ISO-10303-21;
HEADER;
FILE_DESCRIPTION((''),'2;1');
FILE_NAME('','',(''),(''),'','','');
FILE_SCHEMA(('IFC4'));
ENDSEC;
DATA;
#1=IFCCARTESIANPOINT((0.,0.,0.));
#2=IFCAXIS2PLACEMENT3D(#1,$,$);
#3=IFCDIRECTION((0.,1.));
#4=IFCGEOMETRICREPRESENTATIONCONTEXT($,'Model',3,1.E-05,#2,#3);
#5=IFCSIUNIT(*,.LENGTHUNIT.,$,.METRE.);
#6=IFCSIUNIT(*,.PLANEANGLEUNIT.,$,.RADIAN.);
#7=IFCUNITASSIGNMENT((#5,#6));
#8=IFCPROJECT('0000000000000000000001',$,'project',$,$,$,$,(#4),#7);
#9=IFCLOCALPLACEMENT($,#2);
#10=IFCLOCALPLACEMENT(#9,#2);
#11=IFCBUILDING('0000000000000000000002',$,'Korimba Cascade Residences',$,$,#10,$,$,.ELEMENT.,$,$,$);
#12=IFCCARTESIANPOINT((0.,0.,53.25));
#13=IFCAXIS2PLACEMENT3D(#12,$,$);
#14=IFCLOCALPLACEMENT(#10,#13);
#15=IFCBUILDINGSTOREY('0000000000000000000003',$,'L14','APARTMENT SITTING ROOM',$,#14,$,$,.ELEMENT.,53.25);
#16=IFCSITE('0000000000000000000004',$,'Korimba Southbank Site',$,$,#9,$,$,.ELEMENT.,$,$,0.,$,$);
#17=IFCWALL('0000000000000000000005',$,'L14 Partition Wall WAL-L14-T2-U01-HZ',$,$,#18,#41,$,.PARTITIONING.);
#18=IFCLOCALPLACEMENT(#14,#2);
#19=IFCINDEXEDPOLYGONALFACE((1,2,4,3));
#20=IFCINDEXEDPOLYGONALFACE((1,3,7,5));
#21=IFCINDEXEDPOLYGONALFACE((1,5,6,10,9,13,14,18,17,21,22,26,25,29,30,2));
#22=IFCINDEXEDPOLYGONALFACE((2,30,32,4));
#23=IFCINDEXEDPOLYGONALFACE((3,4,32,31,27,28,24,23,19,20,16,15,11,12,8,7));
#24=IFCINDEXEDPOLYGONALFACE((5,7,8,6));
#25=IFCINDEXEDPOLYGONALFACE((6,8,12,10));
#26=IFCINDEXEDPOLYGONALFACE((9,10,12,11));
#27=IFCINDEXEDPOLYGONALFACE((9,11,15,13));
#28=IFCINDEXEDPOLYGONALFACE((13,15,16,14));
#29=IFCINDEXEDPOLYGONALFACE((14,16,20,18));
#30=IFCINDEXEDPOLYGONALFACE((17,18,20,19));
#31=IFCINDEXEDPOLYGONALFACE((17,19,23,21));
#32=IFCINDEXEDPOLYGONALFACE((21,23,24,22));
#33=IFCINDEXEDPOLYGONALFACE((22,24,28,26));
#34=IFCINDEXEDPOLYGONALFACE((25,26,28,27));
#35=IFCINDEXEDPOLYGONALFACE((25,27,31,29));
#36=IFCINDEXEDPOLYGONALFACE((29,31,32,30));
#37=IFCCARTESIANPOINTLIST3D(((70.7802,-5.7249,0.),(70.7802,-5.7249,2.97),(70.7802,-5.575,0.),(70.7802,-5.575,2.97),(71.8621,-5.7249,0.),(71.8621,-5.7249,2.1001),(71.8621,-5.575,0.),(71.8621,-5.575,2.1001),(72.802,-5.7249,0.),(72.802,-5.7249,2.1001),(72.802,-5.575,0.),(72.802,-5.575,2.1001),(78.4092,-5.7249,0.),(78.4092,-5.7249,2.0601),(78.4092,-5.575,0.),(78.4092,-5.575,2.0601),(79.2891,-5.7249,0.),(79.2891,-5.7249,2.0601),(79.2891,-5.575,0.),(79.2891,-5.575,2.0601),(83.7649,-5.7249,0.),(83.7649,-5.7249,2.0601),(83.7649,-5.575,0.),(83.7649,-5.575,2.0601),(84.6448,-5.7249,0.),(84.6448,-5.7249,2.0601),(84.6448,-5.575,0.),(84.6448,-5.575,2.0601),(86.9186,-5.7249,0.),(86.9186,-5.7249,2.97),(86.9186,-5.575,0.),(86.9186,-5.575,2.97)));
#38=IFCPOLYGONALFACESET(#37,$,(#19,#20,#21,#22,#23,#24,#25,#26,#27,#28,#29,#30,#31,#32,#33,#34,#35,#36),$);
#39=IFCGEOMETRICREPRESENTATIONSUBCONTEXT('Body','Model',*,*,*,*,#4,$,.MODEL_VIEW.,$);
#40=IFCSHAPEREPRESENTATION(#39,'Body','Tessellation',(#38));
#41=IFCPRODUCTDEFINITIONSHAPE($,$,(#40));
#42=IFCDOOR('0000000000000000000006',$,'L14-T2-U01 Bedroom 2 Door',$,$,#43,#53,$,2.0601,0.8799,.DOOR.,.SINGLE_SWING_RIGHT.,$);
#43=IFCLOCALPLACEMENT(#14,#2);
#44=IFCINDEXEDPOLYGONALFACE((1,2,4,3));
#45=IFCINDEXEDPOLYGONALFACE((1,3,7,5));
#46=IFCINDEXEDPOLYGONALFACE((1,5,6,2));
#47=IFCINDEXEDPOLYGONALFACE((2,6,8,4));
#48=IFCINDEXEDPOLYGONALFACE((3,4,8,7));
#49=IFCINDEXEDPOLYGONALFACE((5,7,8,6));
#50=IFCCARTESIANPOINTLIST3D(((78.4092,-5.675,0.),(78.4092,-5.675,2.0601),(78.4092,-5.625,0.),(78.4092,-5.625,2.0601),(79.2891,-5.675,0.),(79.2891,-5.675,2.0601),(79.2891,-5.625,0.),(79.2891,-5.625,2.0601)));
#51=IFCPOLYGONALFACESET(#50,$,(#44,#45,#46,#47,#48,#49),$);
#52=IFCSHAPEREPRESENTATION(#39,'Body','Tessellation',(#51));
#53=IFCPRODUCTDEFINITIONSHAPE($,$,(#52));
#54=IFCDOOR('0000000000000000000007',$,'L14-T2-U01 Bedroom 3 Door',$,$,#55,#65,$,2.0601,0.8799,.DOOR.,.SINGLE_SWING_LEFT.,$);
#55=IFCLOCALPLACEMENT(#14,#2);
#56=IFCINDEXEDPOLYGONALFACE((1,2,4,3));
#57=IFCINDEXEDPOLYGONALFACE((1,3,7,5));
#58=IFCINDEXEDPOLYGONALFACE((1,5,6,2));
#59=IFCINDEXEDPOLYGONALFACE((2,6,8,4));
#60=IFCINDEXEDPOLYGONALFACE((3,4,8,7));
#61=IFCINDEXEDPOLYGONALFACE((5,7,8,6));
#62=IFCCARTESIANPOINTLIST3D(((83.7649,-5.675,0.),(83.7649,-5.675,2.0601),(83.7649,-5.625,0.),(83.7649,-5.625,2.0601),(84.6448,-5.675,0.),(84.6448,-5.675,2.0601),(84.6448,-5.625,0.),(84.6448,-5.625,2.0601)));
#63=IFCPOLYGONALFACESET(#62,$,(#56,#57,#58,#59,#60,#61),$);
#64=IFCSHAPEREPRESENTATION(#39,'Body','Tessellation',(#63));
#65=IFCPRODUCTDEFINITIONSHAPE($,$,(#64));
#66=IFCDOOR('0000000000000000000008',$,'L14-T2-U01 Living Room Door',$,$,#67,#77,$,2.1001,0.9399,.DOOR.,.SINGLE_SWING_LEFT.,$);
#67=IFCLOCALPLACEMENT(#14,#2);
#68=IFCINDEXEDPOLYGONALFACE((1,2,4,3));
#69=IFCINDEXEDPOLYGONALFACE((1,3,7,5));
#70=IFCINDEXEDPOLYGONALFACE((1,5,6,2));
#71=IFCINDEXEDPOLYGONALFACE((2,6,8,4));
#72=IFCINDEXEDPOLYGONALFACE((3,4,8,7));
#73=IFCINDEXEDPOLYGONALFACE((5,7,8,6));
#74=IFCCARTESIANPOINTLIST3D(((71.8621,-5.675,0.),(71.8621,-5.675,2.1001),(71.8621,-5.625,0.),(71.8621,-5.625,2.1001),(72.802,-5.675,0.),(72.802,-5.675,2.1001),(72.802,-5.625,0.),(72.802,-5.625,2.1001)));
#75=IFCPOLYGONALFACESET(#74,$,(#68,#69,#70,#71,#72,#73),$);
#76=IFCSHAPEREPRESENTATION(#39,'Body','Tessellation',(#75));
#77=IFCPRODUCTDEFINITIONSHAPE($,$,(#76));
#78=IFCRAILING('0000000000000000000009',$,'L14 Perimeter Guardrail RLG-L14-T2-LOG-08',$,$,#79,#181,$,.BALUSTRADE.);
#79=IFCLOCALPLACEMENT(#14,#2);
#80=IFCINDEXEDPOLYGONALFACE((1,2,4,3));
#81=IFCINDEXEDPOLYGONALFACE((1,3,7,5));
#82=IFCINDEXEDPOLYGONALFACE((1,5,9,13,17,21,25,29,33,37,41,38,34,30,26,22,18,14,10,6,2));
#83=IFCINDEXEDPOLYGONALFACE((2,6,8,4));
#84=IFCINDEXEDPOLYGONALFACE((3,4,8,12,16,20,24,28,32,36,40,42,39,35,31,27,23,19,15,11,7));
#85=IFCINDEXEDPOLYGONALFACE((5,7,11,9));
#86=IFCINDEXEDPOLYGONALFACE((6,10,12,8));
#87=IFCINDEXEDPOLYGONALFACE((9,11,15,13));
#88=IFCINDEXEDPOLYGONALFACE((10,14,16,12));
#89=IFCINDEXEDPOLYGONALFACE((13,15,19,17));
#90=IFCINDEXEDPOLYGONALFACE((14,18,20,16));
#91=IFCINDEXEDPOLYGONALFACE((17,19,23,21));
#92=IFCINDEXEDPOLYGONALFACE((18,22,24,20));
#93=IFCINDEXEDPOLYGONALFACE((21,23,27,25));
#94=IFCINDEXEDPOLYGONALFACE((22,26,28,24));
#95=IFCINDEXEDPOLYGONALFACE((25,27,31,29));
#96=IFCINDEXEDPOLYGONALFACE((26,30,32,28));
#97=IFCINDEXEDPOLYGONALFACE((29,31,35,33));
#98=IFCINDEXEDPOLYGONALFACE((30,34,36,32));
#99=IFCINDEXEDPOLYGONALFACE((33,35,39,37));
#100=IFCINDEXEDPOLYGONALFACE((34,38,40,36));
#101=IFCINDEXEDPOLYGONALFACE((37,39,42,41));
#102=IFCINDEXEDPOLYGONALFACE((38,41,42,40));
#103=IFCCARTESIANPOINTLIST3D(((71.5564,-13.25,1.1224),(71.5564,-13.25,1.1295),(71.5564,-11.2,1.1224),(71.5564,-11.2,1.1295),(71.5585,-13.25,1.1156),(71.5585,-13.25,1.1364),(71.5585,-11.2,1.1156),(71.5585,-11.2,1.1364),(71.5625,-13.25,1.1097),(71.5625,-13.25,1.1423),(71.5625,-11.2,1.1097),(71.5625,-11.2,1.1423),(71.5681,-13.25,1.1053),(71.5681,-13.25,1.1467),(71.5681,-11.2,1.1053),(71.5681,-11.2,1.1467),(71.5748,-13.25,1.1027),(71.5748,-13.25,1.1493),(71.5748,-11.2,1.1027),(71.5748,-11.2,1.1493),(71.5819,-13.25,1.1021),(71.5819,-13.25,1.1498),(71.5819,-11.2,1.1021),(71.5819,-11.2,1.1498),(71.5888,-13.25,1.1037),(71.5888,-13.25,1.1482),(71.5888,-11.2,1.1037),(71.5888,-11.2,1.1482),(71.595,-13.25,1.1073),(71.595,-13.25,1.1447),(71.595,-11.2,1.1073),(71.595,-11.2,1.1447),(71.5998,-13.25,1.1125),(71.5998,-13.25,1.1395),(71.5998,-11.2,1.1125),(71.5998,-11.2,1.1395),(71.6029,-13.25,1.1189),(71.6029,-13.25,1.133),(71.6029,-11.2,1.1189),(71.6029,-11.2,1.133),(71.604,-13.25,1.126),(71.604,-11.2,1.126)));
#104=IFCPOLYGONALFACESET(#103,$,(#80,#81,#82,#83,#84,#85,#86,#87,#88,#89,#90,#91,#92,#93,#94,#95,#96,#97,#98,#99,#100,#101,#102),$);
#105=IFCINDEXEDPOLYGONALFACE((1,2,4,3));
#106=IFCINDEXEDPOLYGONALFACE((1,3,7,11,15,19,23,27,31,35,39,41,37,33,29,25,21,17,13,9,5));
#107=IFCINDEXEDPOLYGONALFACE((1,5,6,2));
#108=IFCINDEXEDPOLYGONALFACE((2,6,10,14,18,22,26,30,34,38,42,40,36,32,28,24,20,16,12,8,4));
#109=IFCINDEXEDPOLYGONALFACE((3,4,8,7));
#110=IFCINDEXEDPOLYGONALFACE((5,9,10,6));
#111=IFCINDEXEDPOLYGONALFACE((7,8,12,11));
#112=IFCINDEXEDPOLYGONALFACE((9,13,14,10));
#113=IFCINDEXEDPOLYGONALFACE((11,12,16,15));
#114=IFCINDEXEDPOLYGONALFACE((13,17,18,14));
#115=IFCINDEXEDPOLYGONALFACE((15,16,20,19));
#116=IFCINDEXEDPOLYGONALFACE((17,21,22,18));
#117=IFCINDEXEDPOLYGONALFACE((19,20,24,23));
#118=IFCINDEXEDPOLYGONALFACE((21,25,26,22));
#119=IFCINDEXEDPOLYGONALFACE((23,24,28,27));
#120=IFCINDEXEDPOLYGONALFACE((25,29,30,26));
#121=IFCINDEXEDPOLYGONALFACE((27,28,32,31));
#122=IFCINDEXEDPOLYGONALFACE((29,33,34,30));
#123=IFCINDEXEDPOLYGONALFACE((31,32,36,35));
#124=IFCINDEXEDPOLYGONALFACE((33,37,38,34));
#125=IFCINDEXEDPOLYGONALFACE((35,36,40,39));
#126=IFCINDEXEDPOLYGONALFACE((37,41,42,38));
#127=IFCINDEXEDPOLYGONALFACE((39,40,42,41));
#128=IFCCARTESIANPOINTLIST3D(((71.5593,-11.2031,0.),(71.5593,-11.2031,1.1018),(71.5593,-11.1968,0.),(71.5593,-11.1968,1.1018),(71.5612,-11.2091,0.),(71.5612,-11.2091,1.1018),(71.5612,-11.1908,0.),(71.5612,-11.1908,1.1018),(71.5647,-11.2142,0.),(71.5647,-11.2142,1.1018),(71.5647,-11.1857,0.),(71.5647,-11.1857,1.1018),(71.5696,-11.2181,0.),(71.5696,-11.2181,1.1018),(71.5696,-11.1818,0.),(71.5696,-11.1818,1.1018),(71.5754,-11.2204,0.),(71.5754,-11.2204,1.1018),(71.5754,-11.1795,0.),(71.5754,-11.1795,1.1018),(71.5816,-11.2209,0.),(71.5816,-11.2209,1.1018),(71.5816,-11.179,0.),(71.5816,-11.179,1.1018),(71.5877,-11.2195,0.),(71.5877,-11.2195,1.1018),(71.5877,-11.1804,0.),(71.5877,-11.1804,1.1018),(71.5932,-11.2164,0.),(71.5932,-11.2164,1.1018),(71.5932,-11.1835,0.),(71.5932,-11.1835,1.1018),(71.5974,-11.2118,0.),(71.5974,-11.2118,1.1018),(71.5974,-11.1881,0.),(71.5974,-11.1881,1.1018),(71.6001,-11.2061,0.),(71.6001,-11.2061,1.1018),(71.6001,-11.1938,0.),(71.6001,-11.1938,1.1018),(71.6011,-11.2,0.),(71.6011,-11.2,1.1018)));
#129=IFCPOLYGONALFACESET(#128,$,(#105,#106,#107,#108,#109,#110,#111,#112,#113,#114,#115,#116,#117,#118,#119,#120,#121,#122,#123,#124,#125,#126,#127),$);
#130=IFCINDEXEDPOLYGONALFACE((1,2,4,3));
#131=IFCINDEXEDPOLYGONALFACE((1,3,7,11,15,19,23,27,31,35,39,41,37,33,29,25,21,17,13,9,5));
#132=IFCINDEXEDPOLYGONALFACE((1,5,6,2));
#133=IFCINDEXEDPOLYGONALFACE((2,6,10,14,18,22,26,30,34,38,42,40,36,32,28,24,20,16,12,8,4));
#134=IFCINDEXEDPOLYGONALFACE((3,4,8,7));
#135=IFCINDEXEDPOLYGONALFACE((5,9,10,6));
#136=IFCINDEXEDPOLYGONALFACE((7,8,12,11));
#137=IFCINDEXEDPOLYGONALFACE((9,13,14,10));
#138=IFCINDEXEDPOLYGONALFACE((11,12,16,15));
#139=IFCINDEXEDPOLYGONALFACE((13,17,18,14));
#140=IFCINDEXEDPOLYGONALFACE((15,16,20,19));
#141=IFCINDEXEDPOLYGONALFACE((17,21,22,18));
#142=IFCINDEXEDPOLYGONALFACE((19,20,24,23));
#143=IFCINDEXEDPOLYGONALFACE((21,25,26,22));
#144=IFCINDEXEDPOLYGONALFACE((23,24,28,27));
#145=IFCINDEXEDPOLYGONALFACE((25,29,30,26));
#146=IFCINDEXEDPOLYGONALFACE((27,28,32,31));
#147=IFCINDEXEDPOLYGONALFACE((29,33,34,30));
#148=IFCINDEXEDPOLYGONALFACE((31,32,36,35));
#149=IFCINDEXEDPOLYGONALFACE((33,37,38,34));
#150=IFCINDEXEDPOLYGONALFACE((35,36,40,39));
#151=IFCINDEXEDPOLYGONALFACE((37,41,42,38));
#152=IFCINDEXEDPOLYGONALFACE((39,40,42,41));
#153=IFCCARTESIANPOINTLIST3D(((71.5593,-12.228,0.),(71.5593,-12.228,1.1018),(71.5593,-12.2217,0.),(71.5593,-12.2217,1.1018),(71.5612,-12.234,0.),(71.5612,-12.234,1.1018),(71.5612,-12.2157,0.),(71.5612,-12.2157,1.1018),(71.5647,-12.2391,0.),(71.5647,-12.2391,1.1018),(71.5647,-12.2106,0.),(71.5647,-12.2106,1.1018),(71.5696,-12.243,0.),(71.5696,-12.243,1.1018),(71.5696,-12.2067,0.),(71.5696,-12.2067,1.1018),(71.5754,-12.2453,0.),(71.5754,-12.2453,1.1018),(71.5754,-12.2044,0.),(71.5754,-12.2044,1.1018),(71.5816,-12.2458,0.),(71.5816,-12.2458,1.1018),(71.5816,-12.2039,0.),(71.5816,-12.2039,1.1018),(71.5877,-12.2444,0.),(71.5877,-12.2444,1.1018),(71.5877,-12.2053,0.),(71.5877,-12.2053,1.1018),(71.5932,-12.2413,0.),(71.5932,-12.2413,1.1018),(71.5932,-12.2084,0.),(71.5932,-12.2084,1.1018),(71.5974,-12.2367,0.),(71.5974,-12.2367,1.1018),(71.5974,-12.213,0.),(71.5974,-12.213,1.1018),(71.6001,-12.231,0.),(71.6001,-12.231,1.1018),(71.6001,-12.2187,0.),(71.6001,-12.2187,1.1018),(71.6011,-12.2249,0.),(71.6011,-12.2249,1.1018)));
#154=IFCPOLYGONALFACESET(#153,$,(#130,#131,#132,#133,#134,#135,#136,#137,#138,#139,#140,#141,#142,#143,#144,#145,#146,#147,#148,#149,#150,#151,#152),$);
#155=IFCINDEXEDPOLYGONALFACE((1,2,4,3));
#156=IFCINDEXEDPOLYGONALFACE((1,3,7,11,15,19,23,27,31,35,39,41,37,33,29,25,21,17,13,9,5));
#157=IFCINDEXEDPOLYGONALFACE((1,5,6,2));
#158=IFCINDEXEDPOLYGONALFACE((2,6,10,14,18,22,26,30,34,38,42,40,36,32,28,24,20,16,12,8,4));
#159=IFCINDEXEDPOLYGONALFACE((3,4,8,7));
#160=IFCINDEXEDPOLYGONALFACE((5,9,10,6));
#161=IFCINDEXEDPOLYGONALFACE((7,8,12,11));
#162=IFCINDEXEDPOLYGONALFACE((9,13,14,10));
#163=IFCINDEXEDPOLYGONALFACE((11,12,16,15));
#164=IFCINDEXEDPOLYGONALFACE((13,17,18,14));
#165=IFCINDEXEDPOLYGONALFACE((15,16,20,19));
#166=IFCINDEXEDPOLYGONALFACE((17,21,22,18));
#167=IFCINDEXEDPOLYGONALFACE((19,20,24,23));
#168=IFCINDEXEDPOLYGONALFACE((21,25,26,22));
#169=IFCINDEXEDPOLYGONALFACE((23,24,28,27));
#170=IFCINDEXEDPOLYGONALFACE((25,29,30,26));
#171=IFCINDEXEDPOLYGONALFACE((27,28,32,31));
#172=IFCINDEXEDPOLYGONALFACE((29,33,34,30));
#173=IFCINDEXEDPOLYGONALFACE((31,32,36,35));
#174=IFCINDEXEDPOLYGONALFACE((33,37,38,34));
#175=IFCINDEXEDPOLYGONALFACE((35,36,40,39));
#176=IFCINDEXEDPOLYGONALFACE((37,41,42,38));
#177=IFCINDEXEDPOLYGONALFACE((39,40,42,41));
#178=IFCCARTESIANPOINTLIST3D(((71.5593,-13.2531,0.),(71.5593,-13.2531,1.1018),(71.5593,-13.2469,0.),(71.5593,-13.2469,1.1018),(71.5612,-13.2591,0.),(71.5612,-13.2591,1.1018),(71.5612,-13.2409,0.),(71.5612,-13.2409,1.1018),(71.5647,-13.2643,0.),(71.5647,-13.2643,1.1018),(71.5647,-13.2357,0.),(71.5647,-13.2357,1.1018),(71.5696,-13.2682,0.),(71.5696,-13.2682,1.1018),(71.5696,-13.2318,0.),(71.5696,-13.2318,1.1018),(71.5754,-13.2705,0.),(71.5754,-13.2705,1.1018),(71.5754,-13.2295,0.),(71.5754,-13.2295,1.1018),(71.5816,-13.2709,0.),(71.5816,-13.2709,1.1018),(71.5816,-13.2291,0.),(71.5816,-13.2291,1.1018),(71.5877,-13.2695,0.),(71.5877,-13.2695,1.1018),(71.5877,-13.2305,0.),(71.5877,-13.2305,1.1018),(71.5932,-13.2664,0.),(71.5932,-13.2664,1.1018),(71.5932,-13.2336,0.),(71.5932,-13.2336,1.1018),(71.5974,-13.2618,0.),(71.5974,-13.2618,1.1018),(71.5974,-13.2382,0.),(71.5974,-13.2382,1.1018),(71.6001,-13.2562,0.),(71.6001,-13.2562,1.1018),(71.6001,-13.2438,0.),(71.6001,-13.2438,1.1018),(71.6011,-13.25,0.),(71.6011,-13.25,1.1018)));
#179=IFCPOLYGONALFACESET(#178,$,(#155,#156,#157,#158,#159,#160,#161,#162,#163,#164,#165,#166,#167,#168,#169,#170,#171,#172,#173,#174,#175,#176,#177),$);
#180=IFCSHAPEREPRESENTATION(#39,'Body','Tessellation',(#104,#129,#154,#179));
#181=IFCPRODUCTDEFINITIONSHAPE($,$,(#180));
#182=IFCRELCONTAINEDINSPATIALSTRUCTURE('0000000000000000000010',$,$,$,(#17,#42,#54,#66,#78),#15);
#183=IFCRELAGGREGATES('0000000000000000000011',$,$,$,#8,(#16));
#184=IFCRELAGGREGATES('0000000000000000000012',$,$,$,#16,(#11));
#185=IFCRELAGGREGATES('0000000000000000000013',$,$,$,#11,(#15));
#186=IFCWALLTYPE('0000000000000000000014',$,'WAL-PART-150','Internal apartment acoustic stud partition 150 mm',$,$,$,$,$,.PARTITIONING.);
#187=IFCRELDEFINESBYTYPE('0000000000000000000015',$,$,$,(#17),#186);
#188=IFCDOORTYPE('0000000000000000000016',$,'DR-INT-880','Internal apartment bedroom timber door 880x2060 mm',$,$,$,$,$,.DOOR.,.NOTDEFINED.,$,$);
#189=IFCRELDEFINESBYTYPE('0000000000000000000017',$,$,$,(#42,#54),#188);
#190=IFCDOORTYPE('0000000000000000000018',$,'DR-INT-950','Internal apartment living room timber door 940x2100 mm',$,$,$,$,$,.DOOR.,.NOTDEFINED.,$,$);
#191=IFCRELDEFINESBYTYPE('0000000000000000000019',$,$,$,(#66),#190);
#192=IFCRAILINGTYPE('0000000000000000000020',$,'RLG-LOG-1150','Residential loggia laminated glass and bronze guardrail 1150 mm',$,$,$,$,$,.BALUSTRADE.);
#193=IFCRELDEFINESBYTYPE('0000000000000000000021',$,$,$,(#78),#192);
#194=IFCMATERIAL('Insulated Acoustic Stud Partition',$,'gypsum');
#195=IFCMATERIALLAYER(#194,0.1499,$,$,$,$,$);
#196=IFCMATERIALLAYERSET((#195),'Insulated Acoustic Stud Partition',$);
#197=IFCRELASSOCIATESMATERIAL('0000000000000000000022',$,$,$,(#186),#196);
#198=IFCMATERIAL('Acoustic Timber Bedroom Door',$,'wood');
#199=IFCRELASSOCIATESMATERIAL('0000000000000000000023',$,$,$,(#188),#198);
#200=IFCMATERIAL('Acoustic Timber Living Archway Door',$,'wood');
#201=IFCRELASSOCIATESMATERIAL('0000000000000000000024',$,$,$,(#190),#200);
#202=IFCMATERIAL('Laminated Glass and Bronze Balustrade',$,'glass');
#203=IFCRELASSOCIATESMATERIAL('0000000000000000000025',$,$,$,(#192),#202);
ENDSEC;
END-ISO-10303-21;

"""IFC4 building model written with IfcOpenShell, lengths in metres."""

from ifc_helpers import new_model, si_unit, direction, frame, frame_2d, origin, origin_2d, place, context, subcontext, project, spatial, rectangle, circle, extrude, material, layer, layer_set, type_object, element, fill, save


model = new_model("IFC4")

# Units and contexts
model_context = context("Model", 3, precision=1e-05, world=origin(), true_north=direction((0.0, 1.0)))
body_context = subcontext(model_context, "Body", "Model", "MODEL_VIEW")
ifc_project = project(units=[si_unit("LENGTHUNIT", "METRE"), si_unit("PLANEANGLEUNIT", "RADIAN")], contexts=[model_context])

# Site, building, storey
site_placement = place(None, origin())
site = spatial("IfcSite", under=ifc_project, at=site_placement, Name="Korimba Southbank Site", CompositionType="ELEMENT", RefElevation=0.0)
building_placement = place(site_placement, origin())
building = spatial("IfcBuilding", under=site, at=building_placement, Name="Korimba Cascade Residences", CompositionType="ELEMENT")
storey_placement = place(building_placement, frame((0.0, 0.0, 53.25)))
storey = spatial("IfcBuildingStorey", under=building, at=storey_placement, Name="L14", Description="APARTMENT SITTING ROOM", CompositionType="ELEMENT", Elevation=53.25)

# Shared definitions
ifc_material_1 = material(Name="Insulated Acoustic Stud Partition", Category="gypsum")
ifc_layer_1 = layer(ifc_material_1, 0.1499)
ifc_layer_set_1 = layer_set([ifc_layer_1], Name="Insulated Acoustic Stud Partition")
wall_type_1 = type_object("IfcWallType", Name="WAL-PART-150", Description="Internal apartment acoustic stud partition 150 mm", PredefinedType="PARTITIONING", material=ifc_layer_set_1)
ifc_material_2 = material(Name="Acoustic Timber Bedroom Door", Category="wood")
door_type_1 = type_object("IfcDoorType", Name="DR-INT-880", Description="Internal apartment bedroom timber door 880x2060 mm", OperationType="NOTDEFINED", PredefinedType="DOOR", material=ifc_material_2)

# Wall, openings, doors
wall_1_placement = place(storey_placement, frame((70.78, -5.6499, 0.0), z_axis=(0.0, 0.0, 1.0), x_axis=(1.0, 0.0, 0.0)))
wall_1 = element("IfcWall", 1, at=wall_1_placement, inside=storey, type_object=wall_type_1, Name="L14 Partition Wall WAL-L14-T2-U01-HZ", PredefinedType="PARTITIONING", context=body_context, shape_type="SweptSolid", body=[
    extrude(rectangle(XDim=16.1384, YDim=0.1499, at=frame_2d((8.0693, 0.0))), origin(), (0.0, 0.0, 1.0), 2.97),
])
opening_1_placement = place(wall_1_placement, frame((1.082, 0.0, 0.0)))
opening_1 = element("IfcOpeningElement", 2, at=opening_1_placement, cuts=wall_1, PredefinedType="OPENING", context=body_context, shape_type="SweptSolid", body=[
    extrude(rectangle(XDim=0.9399, YDim=2.1001, at=frame_2d((0.47, 1.05))), frame((0.0, 0.085, 0.0), z_axis=(0.0, -1.0, 0.0), x_axis=(1.0, 0.0, 0.0)), (0.0, 0.0, 1.0), 0.1699),
])
opening_2_placement = place(wall_1_placement, frame((7.6292, 0.0, 0.0)))
opening_2 = element("IfcOpeningElement", 3, at=opening_2_placement, cuts=wall_1, PredefinedType="OPENING", context=body_context, shape_type="SweptSolid", body=[
    extrude(rectangle(XDim=0.8799, YDim=2.0601, at=frame_2d((0.4399, 1.03))), frame((0.0, 0.085, 0.0), z_axis=(0.0, -1.0, 0.0), x_axis=(1.0, 0.0, 0.0)), (0.0, 0.0, 1.0), 0.1699),
])
opening_3_placement = place(wall_1_placement, frame((12.9849, 0.0, 0.0)))
opening_3 = element("IfcOpeningElement", 4, at=opening_3_placement, cuts=wall_1, PredefinedType="OPENING", context=body_context, shape_type="SweptSolid", body=[
    extrude(rectangle(XDim=0.8799, YDim=2.0601, at=frame_2d((0.4399, 1.03))), frame((0.0, 0.085, 0.0), z_axis=(0.0, -1.0, 0.0), x_axis=(1.0, 0.0, 0.0)), (0.0, 0.0, 1.0), 0.1699),
])
door_1_placement = place(opening_2_placement, origin())
door_1 = element("IfcDoor", 5, at=door_1_placement, inside=storey, type_object=door_type_1, Name="L14-T2-U01 Bedroom 2 Door", OperationType="SINGLE_SWING_RIGHT", OverallHeight=2.0601, OverallWidth=0.8799, PredefinedType="DOOR", context=body_context, shape_type="SweptSolid", body=[
    extrude(rectangle(XDim=0.8799, YDim=2.0601, at=frame_2d((0.4399, 1.03))), frame((0.0, 0.0249, 0.0), z_axis=(0.0, -1.0, 0.0), x_axis=(1.0, 0.0, 0.0)), (0.0, 0.0, 1.0), 0.05),
])
fill(opening_2, door_1)
door_2_placement = place(opening_3_placement, origin())
door_2 = element("IfcDoor", 6, at=door_2_placement, inside=storey, type_object=door_type_1, Name="L14-T2-U01 Bedroom 3 Door", OperationType="SINGLE_SWING_LEFT", OverallHeight=2.0601, OverallWidth=0.8799, PredefinedType="DOOR", context=body_context, shape_type="SweptSolid", body=[
    extrude(rectangle(XDim=0.8799, YDim=2.0601, at=frame_2d((0.4399, 1.03))), frame((0.0, 0.0249, 0.0), z_axis=(0.0, -1.0, 0.0), x_axis=(1.0, 0.0, 0.0)), (0.0, 0.0, 1.0), 0.05),
])
fill(opening_3, door_2)
ifc_material_3 = material(Name="Acoustic Timber Living Archway Door", Category="wood")
door_type_2 = type_object("IfcDoorType", Name="DR-INT-950", Description="Internal apartment living room timber door 940x2100 mm", OperationType="NOTDEFINED", PredefinedType="DOOR", material=ifc_material_3)
door_3_placement = place(opening_1_placement, origin())
door_3 = element("IfcDoor", 7, at=door_3_placement, inside=storey, type_object=door_type_2, Name="L14-T2-U01 Living Room Door", OperationType="SINGLE_SWING_LEFT", OverallHeight=2.1001, OverallWidth=0.9399, PredefinedType="DOOR", context=body_context, shape_type="SweptSolid", body=[
    extrude(rectangle(XDim=0.9399, YDim=2.1001, at=frame_2d((0.47, 1.05))), frame((0.0, 0.0249, 0.0), z_axis=(0.0, -1.0, 0.0), x_axis=(1.0, 0.0, 0.0)), (0.0, 0.0, 1.0), 0.05),
])
fill(opening_1, door_3)

# Railing
ifc_material_4 = material(Name="Laminated Glass and Bronze Balustrade", Category="glass")
railing_type = type_object("IfcRailingType", Name="RLG-LOG-1150", Description="Residential loggia laminated glass and bronze guardrail 1150 mm", PredefinedType="BALUSTRADE", material=ifc_material_4)
railing_1_placement = place(storey_placement, frame((71.5801, -11.2, 0.0)))
element("IfcRailing", 8, at=railing_1_placement, inside=storey, type_object=railing_type, Name="L14 Perimeter Guardrail RLG-L14-T2-LOG-08", PredefinedType="BALUSTRADE", context=body_context, shape_type="SweptSolid", body=[
    extrude(circle(Radius=0.0239, at=origin_2d()), frame((0.0, 0.0, 1.126), z_axis=(0.0, -1.0, 0.0), x_axis=(1.0, 0.0, 0.0)), (0.0, 0.0, 1.0), 2.05),
    extrude(circle(Radius=0.021, at=origin_2d()), origin(), (0.0, 0.0, 1.0), 1.1018),
    extrude(circle(Radius=0.021, at=origin_2d()), frame((0.0, -1.0249, 0.0)), (0.0, 0.0, 1.0), 1.1018),
    extrude(circle(Radius=0.021, at=origin_2d()), frame((0.0, -2.05, 0.0)), (0.0, 0.0, 1.0), 1.1018),
])

save(model, "model.ifc")
